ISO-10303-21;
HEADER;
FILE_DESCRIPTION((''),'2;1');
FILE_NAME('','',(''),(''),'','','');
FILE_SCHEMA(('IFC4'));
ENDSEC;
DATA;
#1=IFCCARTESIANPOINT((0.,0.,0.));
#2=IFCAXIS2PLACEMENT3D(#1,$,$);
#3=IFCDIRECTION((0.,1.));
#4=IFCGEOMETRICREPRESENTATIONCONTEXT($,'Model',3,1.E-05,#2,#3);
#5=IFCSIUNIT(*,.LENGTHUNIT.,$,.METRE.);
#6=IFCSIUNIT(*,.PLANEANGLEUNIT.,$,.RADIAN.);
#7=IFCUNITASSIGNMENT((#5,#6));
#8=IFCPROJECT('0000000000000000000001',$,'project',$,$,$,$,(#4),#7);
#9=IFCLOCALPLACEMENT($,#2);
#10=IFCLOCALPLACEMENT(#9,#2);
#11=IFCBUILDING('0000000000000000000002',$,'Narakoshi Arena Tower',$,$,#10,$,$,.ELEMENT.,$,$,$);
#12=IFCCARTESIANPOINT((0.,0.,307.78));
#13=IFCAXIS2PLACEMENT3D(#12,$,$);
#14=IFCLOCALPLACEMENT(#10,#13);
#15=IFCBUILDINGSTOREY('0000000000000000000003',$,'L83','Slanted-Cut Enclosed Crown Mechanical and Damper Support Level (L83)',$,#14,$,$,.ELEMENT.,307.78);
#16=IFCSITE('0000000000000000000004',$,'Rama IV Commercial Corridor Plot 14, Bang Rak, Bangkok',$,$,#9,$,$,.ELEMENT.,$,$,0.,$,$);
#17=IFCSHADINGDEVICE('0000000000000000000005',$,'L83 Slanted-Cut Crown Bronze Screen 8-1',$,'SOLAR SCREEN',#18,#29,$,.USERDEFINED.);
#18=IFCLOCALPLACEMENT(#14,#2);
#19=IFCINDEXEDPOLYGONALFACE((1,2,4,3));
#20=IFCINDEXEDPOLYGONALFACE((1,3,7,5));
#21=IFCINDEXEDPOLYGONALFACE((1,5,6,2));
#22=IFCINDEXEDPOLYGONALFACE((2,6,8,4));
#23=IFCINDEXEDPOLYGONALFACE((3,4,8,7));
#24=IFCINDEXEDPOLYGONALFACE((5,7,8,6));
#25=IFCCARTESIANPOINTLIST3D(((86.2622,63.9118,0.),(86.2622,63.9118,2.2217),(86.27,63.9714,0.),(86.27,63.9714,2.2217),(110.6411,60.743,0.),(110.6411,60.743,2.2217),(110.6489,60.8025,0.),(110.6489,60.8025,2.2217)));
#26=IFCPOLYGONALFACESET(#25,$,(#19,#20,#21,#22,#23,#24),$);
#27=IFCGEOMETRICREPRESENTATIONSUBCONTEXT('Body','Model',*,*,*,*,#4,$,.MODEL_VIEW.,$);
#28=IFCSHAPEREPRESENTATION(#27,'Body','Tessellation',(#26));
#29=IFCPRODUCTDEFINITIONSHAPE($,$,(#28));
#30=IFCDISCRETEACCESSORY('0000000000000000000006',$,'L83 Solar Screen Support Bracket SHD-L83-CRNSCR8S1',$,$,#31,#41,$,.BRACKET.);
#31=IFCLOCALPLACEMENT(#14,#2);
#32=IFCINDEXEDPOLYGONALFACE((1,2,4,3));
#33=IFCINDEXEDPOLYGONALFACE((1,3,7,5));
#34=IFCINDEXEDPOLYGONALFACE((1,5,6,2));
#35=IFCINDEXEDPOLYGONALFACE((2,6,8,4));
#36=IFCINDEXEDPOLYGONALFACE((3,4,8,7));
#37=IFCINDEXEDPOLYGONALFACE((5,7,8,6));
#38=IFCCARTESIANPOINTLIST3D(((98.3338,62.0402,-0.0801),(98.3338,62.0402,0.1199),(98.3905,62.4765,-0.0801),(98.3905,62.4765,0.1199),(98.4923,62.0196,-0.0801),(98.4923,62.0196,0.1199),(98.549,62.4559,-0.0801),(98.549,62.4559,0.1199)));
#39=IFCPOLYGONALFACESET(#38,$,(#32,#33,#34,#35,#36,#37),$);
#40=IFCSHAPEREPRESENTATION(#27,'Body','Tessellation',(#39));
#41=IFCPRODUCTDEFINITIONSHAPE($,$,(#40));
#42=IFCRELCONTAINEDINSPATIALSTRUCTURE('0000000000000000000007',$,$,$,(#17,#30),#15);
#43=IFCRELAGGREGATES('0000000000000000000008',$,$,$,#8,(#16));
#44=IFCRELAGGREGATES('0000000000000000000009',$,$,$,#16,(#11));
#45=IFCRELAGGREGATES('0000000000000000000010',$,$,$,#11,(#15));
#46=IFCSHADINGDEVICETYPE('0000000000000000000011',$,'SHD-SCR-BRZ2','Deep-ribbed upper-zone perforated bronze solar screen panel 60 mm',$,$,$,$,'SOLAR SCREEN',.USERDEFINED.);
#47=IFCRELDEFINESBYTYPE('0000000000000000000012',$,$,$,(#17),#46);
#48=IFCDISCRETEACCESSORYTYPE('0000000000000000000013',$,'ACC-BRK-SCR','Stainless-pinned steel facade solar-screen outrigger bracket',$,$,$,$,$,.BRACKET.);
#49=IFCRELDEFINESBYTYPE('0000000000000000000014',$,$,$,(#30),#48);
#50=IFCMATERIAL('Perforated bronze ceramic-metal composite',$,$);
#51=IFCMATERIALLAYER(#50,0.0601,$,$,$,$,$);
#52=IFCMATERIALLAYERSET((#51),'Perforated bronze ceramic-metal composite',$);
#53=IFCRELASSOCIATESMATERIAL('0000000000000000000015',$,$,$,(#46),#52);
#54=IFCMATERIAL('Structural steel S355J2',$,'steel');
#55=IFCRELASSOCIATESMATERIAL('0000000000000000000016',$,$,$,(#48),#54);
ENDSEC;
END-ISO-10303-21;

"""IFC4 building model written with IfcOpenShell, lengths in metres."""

from ifc_helpers import new_model, si_unit, direction, frame, origin, origin_2d, place, context, subcontext, project, spatial, rectangle, extrude, material, layer, layer_set, type_object, element, save


model = new_model("IFC4")

# Units and contexts
model_context = context("Model", 3, precision=1e-05, world=origin(), true_north=direction((0.0, 1.0)))
body_context = subcontext(model_context, "Body", "Model", "MODEL_VIEW")
ifc_project = project(units=[si_unit("LENGTHUNIT", "METRE"), si_unit("PLANEANGLEUNIT", "RADIAN")], contexts=[model_context])

# Site, building, storey
site_placement = place(None, origin())
site = spatial("IfcSite", under=ifc_project, at=site_placement, Name="Rama IV Commercial Corridor Plot 14, Bang Rak, Bangkok", CompositionType="ELEMENT", RefElevation=0.0)
building_placement = place(site_placement, origin())
building = spatial("IfcBuilding", under=site, at=building_placement, Name="Narakoshi Arena Tower", CompositionType="ELEMENT")
storey_placement = place(building_placement, frame((0.0, 0.0, 307.78)))
storey = spatial("IfcBuildingStorey", under=building, at=storey_placement, Name="L83", Description="Slanted-Cut Enclosed Crown Mechanical and Damper Support Level (L83)", CompositionType="ELEMENT", Elevation=307.78)

# Shared definitions
ifc_material_1 = material(Name="Structural steel S355J2", Category="steel")

# Shading device
ifc_material_2 = material(Name="Perforated bronze ceramic-metal composite")
ifc_layer_1 = layer(ifc_material_2, 0.0601)
ifc_layer_set_1 = layer_set([ifc_layer_1], Name="Perforated bronze ceramic-metal composite")
shading_device_type = type_object("IfcShadingDeviceType", Name="SHD-SCR-BRZ2", Description="Deep-ribbed upper-zone perforated bronze solar screen panel 60 mm", ElementType="SOLAR SCREEN", PredefinedType="USERDEFINED", material=ifc_layer_set_1)
shading_device_placement = place(storey_placement, frame((98.4556, 62.3572, 0.0), z_axis=(0.0, 0.0, 1.0), x_axis=(0.991658, -0.128899, 0.0)))
element("IfcShadingDevice", 1, at=shading_device_placement, inside=storey, type_object=shading_device_type, Name="L83 Slanted-Cut Crown Bronze Screen 8-1", ObjectType="SOLAR SCREEN", PredefinedType="USERDEFINED", context=body_context, shape_type="SweptSolid", body=[
    extrude(rectangle(XDim=24.584, YDim=0.0601, at=origin_2d()), origin(), (0.0, 0.0, 1.0), 2.2217),
])

# Discrete accessory
discrete_accessory_type = type_object("IfcDiscreteAccessoryType", Name="ACC-BRK-SCR", Description="Stainless-pinned steel facade solar-screen outrigger bracket", PredefinedType="BRACKET", material=ifc_material_1)
discrete_accessory_placement = place(storey_placement, frame((98.4414, 62.248, -0.0801), z_axis=(0.0, 0.0, 1.0), x_axis=(0.991658, -0.128899, 0.0)))
element("IfcDiscreteAccessory", 2, at=discrete_accessory_placement, inside=storey, type_object=discrete_accessory_type, Name="L83 Solar Screen Support Bracket SHD-L83-CRNSCR8S1", PredefinedType="BRACKET", context=body_context, shape_type="SweptSolid", body=[
    extrude(rectangle(XDim=0.1599, YDim=0.4399, at=origin_2d()), origin(), (0.0, 0.0, 1.0), 0.2),
])

save(model, "model.ifc")
